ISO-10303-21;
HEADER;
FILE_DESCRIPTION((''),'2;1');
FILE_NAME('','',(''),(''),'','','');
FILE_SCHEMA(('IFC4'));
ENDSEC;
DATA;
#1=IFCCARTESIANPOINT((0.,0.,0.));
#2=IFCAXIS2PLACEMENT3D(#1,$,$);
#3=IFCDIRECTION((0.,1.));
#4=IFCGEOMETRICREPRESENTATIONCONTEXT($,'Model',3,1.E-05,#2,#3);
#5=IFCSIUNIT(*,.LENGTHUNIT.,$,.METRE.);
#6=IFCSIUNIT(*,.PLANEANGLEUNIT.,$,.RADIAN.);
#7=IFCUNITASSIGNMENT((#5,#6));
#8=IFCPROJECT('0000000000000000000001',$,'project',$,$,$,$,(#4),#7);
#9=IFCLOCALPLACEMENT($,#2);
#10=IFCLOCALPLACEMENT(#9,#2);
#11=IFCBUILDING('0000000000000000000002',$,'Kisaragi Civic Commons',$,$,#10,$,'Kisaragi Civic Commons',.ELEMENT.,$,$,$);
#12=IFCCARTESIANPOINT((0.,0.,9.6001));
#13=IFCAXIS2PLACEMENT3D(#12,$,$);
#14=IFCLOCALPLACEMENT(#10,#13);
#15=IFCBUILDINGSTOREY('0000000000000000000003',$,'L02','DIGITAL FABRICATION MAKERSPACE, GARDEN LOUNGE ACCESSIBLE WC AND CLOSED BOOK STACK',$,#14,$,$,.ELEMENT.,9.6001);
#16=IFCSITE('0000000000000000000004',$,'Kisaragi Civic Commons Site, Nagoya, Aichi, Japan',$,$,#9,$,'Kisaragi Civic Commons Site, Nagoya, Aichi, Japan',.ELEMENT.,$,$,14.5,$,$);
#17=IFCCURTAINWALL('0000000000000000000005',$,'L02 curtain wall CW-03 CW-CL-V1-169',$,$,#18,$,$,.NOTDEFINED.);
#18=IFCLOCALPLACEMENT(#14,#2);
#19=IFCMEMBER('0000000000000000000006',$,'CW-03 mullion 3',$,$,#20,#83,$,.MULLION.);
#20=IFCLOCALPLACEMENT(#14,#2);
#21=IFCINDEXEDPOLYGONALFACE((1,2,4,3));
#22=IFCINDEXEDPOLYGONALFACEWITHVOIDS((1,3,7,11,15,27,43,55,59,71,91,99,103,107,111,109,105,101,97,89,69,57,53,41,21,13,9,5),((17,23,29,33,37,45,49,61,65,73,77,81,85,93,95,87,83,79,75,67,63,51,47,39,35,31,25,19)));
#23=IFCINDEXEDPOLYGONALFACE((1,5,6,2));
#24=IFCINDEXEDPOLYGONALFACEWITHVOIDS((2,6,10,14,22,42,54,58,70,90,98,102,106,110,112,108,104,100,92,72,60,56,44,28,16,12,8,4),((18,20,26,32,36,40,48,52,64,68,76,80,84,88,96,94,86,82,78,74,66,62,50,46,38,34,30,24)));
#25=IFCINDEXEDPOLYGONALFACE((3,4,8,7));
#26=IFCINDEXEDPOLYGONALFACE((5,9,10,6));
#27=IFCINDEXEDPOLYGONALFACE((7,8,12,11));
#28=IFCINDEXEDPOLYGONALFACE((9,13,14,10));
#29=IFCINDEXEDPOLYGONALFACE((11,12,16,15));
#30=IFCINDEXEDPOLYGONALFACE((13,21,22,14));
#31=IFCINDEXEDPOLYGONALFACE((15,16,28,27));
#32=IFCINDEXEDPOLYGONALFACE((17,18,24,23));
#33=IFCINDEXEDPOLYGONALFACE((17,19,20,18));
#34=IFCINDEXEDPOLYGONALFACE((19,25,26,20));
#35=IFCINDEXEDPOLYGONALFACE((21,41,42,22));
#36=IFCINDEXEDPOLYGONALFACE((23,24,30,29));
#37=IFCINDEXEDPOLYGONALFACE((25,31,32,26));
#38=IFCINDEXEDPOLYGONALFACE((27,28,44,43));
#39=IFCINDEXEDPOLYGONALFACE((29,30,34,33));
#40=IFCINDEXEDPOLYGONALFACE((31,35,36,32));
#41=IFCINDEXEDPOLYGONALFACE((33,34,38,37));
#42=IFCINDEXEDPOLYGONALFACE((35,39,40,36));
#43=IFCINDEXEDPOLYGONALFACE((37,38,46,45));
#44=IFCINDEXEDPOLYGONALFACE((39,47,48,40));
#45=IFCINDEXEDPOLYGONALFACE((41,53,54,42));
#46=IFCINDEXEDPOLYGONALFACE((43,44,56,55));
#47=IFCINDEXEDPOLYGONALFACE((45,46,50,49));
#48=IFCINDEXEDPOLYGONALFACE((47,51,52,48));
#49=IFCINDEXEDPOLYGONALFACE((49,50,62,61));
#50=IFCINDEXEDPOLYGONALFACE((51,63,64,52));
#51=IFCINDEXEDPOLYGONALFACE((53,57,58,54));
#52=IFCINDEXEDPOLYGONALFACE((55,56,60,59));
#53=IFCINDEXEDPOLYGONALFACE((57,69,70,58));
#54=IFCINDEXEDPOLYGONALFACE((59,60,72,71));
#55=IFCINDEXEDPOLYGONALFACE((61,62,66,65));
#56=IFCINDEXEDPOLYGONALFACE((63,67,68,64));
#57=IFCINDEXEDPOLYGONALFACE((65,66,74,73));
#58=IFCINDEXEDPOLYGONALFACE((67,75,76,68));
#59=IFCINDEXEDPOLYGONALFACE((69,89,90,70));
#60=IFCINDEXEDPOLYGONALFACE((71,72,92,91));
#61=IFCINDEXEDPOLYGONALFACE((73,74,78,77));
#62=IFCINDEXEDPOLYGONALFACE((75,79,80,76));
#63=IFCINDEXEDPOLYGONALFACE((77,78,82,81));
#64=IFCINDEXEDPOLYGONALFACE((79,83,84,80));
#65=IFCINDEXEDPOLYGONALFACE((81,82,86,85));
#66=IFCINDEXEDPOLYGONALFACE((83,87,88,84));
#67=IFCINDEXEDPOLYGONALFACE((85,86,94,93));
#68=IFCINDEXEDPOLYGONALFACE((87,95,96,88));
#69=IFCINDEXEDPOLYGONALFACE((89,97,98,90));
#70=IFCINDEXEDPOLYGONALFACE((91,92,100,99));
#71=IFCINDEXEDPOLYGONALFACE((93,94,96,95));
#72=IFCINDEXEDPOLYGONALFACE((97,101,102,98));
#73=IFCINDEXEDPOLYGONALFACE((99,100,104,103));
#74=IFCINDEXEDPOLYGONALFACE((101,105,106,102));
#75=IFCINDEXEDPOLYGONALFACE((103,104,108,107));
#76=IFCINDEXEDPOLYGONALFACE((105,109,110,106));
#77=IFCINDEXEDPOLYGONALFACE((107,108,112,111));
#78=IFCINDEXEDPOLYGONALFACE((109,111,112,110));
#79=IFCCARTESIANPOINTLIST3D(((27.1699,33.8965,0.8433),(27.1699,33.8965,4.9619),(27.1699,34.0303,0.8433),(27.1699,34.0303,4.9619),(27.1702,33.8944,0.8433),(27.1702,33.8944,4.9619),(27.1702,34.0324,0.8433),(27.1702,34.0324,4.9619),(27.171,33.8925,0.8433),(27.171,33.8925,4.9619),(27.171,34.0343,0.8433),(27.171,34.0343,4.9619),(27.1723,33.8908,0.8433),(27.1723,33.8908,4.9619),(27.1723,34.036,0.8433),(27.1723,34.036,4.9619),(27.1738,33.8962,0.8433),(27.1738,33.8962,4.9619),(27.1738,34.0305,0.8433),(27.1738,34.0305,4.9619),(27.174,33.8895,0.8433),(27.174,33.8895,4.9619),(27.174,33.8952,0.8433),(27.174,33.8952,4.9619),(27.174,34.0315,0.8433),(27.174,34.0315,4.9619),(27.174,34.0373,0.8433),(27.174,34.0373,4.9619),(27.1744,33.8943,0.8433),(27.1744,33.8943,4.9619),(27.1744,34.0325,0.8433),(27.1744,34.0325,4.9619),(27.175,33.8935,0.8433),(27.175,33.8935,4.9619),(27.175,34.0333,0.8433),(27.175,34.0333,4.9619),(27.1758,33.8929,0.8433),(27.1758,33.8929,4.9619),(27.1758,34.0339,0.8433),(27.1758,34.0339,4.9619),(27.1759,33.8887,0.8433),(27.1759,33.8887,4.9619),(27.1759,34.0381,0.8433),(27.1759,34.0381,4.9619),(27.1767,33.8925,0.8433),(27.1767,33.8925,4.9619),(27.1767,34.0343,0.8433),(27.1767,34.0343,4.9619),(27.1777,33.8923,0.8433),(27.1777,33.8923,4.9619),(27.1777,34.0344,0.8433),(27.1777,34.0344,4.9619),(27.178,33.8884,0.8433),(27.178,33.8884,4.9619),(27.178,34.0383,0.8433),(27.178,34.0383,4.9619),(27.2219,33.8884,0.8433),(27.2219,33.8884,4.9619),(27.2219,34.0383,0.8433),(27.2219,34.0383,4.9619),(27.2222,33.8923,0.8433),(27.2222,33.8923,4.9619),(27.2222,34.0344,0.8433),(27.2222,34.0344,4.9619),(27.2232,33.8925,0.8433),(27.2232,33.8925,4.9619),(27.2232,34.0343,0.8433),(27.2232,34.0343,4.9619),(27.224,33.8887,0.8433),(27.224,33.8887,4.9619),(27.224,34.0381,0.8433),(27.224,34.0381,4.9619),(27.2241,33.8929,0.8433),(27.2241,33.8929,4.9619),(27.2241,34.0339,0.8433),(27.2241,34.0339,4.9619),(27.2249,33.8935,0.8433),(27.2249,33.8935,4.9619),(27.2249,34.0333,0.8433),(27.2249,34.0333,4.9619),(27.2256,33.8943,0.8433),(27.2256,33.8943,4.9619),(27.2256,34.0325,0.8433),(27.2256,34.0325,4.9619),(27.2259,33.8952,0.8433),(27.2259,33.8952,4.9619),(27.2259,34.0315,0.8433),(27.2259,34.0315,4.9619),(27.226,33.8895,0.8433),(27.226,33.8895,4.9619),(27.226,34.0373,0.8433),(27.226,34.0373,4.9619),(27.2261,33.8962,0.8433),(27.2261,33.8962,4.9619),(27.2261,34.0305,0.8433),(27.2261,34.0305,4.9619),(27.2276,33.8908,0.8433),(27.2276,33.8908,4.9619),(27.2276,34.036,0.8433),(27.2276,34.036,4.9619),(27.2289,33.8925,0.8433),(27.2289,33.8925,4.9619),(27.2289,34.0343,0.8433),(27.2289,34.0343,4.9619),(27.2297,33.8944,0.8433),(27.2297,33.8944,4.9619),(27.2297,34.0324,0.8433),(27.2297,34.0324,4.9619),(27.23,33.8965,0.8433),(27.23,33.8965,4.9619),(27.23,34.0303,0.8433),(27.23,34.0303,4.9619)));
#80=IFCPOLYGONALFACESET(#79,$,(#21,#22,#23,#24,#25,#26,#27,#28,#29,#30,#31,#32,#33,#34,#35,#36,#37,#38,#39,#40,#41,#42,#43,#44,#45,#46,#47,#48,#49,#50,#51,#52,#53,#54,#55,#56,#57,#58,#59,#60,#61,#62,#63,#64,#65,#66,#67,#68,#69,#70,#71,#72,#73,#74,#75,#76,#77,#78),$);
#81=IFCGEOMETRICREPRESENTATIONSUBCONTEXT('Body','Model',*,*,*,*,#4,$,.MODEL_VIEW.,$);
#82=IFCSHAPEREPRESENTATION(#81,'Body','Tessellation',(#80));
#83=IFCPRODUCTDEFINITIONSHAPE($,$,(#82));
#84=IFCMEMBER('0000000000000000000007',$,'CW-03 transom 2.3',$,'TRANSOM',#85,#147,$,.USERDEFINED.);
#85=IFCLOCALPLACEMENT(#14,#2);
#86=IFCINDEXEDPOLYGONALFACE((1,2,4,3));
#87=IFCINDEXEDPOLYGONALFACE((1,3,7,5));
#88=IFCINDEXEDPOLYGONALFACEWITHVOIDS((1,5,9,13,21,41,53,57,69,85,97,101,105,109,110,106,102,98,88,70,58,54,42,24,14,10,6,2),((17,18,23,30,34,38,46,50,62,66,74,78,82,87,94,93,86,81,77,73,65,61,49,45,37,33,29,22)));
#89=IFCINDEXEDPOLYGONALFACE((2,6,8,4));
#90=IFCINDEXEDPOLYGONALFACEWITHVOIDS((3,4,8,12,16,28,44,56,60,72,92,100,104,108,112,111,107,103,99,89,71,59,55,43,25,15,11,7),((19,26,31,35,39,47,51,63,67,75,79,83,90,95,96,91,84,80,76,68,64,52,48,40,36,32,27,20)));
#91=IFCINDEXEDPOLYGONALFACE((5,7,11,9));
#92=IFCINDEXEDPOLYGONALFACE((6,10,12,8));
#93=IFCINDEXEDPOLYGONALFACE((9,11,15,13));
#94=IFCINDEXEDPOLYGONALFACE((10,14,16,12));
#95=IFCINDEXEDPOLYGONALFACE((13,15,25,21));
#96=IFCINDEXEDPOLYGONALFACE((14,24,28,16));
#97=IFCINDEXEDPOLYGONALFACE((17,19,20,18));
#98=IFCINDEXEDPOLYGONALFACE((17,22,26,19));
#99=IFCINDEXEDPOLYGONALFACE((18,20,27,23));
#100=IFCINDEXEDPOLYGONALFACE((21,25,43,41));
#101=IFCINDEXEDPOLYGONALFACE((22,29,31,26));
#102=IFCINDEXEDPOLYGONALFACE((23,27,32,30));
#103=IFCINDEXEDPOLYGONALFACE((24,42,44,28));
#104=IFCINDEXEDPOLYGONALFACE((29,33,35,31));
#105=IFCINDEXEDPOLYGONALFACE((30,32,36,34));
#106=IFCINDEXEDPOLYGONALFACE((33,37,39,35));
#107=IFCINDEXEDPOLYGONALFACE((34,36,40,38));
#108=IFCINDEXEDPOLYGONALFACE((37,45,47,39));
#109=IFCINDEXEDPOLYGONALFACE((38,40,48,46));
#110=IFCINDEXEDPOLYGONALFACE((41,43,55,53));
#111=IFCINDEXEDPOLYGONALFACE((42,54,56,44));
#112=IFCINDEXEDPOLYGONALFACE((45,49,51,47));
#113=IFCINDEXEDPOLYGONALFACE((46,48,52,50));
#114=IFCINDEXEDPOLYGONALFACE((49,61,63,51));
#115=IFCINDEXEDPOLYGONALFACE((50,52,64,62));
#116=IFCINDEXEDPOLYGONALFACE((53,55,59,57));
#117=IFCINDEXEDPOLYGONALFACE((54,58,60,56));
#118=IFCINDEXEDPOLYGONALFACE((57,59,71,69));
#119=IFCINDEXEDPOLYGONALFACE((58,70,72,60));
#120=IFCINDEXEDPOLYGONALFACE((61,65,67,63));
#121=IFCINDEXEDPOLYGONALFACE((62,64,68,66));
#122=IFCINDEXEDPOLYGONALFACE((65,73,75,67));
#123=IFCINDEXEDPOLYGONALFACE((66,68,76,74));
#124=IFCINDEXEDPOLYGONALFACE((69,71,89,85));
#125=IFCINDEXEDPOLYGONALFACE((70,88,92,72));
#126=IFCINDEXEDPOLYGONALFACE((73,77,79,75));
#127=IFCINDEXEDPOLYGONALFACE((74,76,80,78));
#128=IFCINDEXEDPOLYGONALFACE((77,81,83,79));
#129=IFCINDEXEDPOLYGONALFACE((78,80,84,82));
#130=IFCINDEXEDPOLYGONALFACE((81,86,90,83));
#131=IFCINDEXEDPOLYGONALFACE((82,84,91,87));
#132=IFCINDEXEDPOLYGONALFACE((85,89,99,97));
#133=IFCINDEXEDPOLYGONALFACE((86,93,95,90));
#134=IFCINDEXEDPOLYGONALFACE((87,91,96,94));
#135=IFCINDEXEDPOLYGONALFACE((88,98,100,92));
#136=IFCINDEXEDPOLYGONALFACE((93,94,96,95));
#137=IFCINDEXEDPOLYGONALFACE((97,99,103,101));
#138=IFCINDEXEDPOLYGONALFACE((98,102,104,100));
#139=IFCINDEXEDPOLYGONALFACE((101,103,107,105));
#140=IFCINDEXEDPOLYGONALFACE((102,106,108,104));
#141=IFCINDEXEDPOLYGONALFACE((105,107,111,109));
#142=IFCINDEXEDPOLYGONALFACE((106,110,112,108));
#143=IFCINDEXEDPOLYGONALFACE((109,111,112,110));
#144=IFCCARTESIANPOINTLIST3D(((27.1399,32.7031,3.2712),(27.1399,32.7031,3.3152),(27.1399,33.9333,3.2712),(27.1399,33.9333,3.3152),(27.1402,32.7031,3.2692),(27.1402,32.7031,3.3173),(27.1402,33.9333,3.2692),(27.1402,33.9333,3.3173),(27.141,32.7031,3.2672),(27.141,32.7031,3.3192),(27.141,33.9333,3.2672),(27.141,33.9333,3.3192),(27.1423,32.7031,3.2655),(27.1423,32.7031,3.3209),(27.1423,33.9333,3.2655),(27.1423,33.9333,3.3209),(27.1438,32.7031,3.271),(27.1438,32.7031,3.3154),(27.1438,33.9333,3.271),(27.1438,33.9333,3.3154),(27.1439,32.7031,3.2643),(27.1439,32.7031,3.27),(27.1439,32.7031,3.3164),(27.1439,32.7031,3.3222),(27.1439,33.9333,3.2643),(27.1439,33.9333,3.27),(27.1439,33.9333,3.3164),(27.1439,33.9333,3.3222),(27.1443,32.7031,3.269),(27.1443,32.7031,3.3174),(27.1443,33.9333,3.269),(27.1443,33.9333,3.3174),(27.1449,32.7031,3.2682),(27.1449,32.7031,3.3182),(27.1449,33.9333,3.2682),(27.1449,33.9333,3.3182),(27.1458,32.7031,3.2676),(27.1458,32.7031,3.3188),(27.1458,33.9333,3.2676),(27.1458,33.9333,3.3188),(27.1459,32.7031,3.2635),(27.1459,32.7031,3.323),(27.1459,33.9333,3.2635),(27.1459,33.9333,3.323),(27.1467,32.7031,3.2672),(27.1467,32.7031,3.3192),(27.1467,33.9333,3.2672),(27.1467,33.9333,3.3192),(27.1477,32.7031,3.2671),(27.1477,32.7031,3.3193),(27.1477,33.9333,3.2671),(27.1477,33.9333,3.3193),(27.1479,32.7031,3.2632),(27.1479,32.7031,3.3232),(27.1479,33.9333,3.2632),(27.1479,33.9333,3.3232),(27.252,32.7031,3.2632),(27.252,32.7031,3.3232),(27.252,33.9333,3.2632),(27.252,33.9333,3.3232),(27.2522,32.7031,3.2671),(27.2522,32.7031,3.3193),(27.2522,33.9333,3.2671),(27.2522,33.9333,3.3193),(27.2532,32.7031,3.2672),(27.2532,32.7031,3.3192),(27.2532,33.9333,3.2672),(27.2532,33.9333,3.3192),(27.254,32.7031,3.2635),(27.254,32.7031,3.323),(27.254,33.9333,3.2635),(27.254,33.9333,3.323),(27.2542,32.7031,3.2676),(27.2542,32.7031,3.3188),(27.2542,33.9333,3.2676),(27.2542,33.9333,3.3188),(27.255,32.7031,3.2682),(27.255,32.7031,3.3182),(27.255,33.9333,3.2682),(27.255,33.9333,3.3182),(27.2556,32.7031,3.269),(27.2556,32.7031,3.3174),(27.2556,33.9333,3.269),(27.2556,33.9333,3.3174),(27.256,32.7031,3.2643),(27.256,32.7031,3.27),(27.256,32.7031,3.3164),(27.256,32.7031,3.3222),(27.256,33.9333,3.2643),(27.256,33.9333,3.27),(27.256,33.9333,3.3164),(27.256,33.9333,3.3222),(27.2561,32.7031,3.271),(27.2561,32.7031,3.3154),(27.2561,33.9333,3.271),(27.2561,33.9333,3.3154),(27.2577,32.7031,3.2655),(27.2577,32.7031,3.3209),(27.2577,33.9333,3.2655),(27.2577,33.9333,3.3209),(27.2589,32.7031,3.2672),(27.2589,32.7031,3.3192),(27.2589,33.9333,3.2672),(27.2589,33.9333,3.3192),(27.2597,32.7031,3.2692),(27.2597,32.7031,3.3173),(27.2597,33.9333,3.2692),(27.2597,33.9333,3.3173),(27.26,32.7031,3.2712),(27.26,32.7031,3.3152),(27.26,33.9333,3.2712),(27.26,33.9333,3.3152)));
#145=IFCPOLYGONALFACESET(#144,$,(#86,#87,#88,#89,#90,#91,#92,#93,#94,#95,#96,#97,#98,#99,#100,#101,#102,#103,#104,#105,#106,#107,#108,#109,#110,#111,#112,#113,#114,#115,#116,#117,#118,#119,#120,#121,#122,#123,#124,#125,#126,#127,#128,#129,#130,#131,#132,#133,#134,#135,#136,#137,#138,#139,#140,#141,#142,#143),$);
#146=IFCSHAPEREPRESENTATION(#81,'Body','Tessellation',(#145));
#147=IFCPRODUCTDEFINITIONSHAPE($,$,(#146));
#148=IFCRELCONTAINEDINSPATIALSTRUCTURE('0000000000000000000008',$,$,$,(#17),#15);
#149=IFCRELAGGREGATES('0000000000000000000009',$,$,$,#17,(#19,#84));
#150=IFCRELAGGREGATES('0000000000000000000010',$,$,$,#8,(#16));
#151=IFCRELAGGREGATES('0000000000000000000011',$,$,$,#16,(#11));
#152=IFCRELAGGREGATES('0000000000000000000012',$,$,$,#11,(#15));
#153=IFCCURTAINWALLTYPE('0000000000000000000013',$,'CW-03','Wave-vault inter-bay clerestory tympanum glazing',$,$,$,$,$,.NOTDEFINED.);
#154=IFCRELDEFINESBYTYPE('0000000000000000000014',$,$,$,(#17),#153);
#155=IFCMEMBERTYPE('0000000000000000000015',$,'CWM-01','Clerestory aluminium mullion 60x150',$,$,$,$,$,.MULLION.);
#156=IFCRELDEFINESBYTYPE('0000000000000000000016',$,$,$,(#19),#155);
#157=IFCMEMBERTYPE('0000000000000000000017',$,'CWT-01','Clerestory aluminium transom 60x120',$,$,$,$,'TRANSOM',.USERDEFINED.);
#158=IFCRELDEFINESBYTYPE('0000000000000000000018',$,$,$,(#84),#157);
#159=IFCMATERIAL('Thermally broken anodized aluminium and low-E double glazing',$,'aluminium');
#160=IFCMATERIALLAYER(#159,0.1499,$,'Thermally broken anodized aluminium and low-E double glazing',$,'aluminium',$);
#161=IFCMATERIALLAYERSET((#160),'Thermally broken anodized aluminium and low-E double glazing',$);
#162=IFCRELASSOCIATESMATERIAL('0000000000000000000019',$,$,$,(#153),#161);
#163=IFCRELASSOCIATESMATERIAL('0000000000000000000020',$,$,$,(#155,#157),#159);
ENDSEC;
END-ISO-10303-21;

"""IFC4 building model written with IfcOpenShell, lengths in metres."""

from ifc_helpers import new_model, si_unit, direction, frame, origin, origin_2d, place, context, subcontext, project, spatial, hollow_rectangle, extrude, material, layer, layer_set, material_profile, profile_set, type_object, element, aggregate, save


model = new_model("IFC4")

# Units and contexts
model_context = context("Model", 3, precision=1e-05, world=origin(), true_north=direction((0.0, 1.0)))
body_context = subcontext(model_context, "Body", "Model", "MODEL_VIEW")
ifc_project = project(units=[si_unit("LENGTHUNIT", "METRE"), si_unit("PLANEANGLEUNIT", "RADIAN")], contexts=[model_context])

# Site, building, storey
site_placement = place(None, origin())
site = spatial("IfcSite", under=ifc_project, at=site_placement, Name="Kisaragi Civic Commons Site, Nagoya, Aichi, Japan", LongName="Kisaragi Civic Commons Site, Nagoya, Aichi, Japan", CompositionType="ELEMENT", RefElevation=14.5)
building_placement = place(site_placement, origin())
building = spatial("IfcBuilding", under=site, at=building_placement, Name="Kisaragi Civic Commons", LongName="Kisaragi Civic Commons", CompositionType="ELEMENT")
storey_placement = place(building_placement, frame((0.0, 0.0, 9.6001)))
storey = spatial("IfcBuildingStorey", under=building, at=storey_placement, Name="L02", Description="DIGITAL FABRICATION MAKERSPACE, GARDEN LOUNGE ACCESSIBLE WC AND CLOSED BOOK STACK", CompositionType="ELEMENT", Elevation=9.6001)

# Curtain wall, members
ifc_material_1 = material(Name="Thermally broken anodized aluminium and low-E double glazing", Category="aluminium")
ifc_layer_1 = layer(ifc_material_1, 0.1499, Name="Thermally broken anodized aluminium and low-E double glazing", Category="aluminium")
ifc_layer_set_1 = layer_set([ifc_layer_1], Name="Thermally broken anodized aluminium and low-E double glazing")
curtain_wall_type = type_object("IfcCurtainWallType", Name="CW-03", Description="Wave-vault inter-bay clerestory tympanum glazing", PredefinedType="NOTDEFINED", material=ifc_layer_set_1)
curtain_wall_placement = place(storey_placement, origin())
curtain_wall = element("IfcCurtainWall", 1, at=curtain_wall_placement, inside=storey, type_object=curtain_wall_type, Name="L02 curtain wall CW-03 CW-CL-V1-169", PredefinedType="NOTDEFINED")
ifc_material_profile_1 = material_profile(ifc_material_1, hollow_rectangle(XDim=0.0601, YDim=0.1499, WallThickness=0.0039, InnerFilletRadius=0.0039, OuterFilletRadius=0.0081, at=origin_2d()), Name="CWM-60x150x4", Category="aluminium")
ifc_profile_set_1 = profile_set([ifc_material_profile_1], Name="Thermally broken anodized aluminium and low-E double glazing")
member_type_1 = type_object("IfcMemberType", Name="CWM-01", Description="Clerestory aluminium mullion 60x150", PredefinedType="MULLION", material=ifc_profile_set_1)
member_1_placement = place(storey_placement, frame((27.2, 33.9634, 0.8433), z_axis=(0.0, 0.0, 1.0), x_axis=(-1.0, 0.0, 0.0)))
member_1 = element("IfcMember", 2, at=member_1_placement, type_object=member_type_1, Name="CW-03 mullion 3", PredefinedType="MULLION", context=body_context, shape_type="SweptSolid", body=[
    extrude(hollow_rectangle(XDim=0.0601, YDim=0.1499, WallThickness=0.0039, InnerFilletRadius=0.0039, OuterFilletRadius=0.0081, at=origin_2d()), origin(), (0.0, 0.0, 1.0), 4.1187),
])
ifc_material_profile_2 = material_profile(ifc_material_1, hollow_rectangle(XDim=0.1201, YDim=0.0601, WallThickness=0.0039, InnerFilletRadius=0.0039, OuterFilletRadius=0.0081, at=origin_2d()), Name="CWT-60x120x4", Category="aluminium")
ifc_profile_set_2 = profile_set([ifc_material_profile_2], Name="Thermally broken anodized aluminium and low-E double glazing")
member_type_2 = type_object("IfcMemberType", Name="CWT-01", Description="Clerestory aluminium transom 60x120", ElementType="TRANSOM", PredefinedType="USERDEFINED", material=ifc_profile_set_2)
member_2_placement = place(storey_placement, frame((27.2, 32.7031, 3.2932), z_axis=(0.0, 1.0, 0.0), x_axis=(-1.0, 0.0, 0.0)))
member_2 = element("IfcMember", 3, at=member_2_placement, type_object=member_type_2, Name="CW-03 transom 2.3", ObjectType="TRANSOM", PredefinedType="USERDEFINED", context=body_context, shape_type="SweptSolid", body=[
    extrude(hollow_rectangle(XDim=0.1201, YDim=0.0601, WallThickness=0.0039, InnerFilletRadius=0.0039, OuterFilletRadius=0.0081, at=origin_2d()), origin(), (0.0, 0.0, 1.0), 1.2302),
])

aggregate(curtain_wall, [member_1, member_2])

save(model, "model.ifc")
